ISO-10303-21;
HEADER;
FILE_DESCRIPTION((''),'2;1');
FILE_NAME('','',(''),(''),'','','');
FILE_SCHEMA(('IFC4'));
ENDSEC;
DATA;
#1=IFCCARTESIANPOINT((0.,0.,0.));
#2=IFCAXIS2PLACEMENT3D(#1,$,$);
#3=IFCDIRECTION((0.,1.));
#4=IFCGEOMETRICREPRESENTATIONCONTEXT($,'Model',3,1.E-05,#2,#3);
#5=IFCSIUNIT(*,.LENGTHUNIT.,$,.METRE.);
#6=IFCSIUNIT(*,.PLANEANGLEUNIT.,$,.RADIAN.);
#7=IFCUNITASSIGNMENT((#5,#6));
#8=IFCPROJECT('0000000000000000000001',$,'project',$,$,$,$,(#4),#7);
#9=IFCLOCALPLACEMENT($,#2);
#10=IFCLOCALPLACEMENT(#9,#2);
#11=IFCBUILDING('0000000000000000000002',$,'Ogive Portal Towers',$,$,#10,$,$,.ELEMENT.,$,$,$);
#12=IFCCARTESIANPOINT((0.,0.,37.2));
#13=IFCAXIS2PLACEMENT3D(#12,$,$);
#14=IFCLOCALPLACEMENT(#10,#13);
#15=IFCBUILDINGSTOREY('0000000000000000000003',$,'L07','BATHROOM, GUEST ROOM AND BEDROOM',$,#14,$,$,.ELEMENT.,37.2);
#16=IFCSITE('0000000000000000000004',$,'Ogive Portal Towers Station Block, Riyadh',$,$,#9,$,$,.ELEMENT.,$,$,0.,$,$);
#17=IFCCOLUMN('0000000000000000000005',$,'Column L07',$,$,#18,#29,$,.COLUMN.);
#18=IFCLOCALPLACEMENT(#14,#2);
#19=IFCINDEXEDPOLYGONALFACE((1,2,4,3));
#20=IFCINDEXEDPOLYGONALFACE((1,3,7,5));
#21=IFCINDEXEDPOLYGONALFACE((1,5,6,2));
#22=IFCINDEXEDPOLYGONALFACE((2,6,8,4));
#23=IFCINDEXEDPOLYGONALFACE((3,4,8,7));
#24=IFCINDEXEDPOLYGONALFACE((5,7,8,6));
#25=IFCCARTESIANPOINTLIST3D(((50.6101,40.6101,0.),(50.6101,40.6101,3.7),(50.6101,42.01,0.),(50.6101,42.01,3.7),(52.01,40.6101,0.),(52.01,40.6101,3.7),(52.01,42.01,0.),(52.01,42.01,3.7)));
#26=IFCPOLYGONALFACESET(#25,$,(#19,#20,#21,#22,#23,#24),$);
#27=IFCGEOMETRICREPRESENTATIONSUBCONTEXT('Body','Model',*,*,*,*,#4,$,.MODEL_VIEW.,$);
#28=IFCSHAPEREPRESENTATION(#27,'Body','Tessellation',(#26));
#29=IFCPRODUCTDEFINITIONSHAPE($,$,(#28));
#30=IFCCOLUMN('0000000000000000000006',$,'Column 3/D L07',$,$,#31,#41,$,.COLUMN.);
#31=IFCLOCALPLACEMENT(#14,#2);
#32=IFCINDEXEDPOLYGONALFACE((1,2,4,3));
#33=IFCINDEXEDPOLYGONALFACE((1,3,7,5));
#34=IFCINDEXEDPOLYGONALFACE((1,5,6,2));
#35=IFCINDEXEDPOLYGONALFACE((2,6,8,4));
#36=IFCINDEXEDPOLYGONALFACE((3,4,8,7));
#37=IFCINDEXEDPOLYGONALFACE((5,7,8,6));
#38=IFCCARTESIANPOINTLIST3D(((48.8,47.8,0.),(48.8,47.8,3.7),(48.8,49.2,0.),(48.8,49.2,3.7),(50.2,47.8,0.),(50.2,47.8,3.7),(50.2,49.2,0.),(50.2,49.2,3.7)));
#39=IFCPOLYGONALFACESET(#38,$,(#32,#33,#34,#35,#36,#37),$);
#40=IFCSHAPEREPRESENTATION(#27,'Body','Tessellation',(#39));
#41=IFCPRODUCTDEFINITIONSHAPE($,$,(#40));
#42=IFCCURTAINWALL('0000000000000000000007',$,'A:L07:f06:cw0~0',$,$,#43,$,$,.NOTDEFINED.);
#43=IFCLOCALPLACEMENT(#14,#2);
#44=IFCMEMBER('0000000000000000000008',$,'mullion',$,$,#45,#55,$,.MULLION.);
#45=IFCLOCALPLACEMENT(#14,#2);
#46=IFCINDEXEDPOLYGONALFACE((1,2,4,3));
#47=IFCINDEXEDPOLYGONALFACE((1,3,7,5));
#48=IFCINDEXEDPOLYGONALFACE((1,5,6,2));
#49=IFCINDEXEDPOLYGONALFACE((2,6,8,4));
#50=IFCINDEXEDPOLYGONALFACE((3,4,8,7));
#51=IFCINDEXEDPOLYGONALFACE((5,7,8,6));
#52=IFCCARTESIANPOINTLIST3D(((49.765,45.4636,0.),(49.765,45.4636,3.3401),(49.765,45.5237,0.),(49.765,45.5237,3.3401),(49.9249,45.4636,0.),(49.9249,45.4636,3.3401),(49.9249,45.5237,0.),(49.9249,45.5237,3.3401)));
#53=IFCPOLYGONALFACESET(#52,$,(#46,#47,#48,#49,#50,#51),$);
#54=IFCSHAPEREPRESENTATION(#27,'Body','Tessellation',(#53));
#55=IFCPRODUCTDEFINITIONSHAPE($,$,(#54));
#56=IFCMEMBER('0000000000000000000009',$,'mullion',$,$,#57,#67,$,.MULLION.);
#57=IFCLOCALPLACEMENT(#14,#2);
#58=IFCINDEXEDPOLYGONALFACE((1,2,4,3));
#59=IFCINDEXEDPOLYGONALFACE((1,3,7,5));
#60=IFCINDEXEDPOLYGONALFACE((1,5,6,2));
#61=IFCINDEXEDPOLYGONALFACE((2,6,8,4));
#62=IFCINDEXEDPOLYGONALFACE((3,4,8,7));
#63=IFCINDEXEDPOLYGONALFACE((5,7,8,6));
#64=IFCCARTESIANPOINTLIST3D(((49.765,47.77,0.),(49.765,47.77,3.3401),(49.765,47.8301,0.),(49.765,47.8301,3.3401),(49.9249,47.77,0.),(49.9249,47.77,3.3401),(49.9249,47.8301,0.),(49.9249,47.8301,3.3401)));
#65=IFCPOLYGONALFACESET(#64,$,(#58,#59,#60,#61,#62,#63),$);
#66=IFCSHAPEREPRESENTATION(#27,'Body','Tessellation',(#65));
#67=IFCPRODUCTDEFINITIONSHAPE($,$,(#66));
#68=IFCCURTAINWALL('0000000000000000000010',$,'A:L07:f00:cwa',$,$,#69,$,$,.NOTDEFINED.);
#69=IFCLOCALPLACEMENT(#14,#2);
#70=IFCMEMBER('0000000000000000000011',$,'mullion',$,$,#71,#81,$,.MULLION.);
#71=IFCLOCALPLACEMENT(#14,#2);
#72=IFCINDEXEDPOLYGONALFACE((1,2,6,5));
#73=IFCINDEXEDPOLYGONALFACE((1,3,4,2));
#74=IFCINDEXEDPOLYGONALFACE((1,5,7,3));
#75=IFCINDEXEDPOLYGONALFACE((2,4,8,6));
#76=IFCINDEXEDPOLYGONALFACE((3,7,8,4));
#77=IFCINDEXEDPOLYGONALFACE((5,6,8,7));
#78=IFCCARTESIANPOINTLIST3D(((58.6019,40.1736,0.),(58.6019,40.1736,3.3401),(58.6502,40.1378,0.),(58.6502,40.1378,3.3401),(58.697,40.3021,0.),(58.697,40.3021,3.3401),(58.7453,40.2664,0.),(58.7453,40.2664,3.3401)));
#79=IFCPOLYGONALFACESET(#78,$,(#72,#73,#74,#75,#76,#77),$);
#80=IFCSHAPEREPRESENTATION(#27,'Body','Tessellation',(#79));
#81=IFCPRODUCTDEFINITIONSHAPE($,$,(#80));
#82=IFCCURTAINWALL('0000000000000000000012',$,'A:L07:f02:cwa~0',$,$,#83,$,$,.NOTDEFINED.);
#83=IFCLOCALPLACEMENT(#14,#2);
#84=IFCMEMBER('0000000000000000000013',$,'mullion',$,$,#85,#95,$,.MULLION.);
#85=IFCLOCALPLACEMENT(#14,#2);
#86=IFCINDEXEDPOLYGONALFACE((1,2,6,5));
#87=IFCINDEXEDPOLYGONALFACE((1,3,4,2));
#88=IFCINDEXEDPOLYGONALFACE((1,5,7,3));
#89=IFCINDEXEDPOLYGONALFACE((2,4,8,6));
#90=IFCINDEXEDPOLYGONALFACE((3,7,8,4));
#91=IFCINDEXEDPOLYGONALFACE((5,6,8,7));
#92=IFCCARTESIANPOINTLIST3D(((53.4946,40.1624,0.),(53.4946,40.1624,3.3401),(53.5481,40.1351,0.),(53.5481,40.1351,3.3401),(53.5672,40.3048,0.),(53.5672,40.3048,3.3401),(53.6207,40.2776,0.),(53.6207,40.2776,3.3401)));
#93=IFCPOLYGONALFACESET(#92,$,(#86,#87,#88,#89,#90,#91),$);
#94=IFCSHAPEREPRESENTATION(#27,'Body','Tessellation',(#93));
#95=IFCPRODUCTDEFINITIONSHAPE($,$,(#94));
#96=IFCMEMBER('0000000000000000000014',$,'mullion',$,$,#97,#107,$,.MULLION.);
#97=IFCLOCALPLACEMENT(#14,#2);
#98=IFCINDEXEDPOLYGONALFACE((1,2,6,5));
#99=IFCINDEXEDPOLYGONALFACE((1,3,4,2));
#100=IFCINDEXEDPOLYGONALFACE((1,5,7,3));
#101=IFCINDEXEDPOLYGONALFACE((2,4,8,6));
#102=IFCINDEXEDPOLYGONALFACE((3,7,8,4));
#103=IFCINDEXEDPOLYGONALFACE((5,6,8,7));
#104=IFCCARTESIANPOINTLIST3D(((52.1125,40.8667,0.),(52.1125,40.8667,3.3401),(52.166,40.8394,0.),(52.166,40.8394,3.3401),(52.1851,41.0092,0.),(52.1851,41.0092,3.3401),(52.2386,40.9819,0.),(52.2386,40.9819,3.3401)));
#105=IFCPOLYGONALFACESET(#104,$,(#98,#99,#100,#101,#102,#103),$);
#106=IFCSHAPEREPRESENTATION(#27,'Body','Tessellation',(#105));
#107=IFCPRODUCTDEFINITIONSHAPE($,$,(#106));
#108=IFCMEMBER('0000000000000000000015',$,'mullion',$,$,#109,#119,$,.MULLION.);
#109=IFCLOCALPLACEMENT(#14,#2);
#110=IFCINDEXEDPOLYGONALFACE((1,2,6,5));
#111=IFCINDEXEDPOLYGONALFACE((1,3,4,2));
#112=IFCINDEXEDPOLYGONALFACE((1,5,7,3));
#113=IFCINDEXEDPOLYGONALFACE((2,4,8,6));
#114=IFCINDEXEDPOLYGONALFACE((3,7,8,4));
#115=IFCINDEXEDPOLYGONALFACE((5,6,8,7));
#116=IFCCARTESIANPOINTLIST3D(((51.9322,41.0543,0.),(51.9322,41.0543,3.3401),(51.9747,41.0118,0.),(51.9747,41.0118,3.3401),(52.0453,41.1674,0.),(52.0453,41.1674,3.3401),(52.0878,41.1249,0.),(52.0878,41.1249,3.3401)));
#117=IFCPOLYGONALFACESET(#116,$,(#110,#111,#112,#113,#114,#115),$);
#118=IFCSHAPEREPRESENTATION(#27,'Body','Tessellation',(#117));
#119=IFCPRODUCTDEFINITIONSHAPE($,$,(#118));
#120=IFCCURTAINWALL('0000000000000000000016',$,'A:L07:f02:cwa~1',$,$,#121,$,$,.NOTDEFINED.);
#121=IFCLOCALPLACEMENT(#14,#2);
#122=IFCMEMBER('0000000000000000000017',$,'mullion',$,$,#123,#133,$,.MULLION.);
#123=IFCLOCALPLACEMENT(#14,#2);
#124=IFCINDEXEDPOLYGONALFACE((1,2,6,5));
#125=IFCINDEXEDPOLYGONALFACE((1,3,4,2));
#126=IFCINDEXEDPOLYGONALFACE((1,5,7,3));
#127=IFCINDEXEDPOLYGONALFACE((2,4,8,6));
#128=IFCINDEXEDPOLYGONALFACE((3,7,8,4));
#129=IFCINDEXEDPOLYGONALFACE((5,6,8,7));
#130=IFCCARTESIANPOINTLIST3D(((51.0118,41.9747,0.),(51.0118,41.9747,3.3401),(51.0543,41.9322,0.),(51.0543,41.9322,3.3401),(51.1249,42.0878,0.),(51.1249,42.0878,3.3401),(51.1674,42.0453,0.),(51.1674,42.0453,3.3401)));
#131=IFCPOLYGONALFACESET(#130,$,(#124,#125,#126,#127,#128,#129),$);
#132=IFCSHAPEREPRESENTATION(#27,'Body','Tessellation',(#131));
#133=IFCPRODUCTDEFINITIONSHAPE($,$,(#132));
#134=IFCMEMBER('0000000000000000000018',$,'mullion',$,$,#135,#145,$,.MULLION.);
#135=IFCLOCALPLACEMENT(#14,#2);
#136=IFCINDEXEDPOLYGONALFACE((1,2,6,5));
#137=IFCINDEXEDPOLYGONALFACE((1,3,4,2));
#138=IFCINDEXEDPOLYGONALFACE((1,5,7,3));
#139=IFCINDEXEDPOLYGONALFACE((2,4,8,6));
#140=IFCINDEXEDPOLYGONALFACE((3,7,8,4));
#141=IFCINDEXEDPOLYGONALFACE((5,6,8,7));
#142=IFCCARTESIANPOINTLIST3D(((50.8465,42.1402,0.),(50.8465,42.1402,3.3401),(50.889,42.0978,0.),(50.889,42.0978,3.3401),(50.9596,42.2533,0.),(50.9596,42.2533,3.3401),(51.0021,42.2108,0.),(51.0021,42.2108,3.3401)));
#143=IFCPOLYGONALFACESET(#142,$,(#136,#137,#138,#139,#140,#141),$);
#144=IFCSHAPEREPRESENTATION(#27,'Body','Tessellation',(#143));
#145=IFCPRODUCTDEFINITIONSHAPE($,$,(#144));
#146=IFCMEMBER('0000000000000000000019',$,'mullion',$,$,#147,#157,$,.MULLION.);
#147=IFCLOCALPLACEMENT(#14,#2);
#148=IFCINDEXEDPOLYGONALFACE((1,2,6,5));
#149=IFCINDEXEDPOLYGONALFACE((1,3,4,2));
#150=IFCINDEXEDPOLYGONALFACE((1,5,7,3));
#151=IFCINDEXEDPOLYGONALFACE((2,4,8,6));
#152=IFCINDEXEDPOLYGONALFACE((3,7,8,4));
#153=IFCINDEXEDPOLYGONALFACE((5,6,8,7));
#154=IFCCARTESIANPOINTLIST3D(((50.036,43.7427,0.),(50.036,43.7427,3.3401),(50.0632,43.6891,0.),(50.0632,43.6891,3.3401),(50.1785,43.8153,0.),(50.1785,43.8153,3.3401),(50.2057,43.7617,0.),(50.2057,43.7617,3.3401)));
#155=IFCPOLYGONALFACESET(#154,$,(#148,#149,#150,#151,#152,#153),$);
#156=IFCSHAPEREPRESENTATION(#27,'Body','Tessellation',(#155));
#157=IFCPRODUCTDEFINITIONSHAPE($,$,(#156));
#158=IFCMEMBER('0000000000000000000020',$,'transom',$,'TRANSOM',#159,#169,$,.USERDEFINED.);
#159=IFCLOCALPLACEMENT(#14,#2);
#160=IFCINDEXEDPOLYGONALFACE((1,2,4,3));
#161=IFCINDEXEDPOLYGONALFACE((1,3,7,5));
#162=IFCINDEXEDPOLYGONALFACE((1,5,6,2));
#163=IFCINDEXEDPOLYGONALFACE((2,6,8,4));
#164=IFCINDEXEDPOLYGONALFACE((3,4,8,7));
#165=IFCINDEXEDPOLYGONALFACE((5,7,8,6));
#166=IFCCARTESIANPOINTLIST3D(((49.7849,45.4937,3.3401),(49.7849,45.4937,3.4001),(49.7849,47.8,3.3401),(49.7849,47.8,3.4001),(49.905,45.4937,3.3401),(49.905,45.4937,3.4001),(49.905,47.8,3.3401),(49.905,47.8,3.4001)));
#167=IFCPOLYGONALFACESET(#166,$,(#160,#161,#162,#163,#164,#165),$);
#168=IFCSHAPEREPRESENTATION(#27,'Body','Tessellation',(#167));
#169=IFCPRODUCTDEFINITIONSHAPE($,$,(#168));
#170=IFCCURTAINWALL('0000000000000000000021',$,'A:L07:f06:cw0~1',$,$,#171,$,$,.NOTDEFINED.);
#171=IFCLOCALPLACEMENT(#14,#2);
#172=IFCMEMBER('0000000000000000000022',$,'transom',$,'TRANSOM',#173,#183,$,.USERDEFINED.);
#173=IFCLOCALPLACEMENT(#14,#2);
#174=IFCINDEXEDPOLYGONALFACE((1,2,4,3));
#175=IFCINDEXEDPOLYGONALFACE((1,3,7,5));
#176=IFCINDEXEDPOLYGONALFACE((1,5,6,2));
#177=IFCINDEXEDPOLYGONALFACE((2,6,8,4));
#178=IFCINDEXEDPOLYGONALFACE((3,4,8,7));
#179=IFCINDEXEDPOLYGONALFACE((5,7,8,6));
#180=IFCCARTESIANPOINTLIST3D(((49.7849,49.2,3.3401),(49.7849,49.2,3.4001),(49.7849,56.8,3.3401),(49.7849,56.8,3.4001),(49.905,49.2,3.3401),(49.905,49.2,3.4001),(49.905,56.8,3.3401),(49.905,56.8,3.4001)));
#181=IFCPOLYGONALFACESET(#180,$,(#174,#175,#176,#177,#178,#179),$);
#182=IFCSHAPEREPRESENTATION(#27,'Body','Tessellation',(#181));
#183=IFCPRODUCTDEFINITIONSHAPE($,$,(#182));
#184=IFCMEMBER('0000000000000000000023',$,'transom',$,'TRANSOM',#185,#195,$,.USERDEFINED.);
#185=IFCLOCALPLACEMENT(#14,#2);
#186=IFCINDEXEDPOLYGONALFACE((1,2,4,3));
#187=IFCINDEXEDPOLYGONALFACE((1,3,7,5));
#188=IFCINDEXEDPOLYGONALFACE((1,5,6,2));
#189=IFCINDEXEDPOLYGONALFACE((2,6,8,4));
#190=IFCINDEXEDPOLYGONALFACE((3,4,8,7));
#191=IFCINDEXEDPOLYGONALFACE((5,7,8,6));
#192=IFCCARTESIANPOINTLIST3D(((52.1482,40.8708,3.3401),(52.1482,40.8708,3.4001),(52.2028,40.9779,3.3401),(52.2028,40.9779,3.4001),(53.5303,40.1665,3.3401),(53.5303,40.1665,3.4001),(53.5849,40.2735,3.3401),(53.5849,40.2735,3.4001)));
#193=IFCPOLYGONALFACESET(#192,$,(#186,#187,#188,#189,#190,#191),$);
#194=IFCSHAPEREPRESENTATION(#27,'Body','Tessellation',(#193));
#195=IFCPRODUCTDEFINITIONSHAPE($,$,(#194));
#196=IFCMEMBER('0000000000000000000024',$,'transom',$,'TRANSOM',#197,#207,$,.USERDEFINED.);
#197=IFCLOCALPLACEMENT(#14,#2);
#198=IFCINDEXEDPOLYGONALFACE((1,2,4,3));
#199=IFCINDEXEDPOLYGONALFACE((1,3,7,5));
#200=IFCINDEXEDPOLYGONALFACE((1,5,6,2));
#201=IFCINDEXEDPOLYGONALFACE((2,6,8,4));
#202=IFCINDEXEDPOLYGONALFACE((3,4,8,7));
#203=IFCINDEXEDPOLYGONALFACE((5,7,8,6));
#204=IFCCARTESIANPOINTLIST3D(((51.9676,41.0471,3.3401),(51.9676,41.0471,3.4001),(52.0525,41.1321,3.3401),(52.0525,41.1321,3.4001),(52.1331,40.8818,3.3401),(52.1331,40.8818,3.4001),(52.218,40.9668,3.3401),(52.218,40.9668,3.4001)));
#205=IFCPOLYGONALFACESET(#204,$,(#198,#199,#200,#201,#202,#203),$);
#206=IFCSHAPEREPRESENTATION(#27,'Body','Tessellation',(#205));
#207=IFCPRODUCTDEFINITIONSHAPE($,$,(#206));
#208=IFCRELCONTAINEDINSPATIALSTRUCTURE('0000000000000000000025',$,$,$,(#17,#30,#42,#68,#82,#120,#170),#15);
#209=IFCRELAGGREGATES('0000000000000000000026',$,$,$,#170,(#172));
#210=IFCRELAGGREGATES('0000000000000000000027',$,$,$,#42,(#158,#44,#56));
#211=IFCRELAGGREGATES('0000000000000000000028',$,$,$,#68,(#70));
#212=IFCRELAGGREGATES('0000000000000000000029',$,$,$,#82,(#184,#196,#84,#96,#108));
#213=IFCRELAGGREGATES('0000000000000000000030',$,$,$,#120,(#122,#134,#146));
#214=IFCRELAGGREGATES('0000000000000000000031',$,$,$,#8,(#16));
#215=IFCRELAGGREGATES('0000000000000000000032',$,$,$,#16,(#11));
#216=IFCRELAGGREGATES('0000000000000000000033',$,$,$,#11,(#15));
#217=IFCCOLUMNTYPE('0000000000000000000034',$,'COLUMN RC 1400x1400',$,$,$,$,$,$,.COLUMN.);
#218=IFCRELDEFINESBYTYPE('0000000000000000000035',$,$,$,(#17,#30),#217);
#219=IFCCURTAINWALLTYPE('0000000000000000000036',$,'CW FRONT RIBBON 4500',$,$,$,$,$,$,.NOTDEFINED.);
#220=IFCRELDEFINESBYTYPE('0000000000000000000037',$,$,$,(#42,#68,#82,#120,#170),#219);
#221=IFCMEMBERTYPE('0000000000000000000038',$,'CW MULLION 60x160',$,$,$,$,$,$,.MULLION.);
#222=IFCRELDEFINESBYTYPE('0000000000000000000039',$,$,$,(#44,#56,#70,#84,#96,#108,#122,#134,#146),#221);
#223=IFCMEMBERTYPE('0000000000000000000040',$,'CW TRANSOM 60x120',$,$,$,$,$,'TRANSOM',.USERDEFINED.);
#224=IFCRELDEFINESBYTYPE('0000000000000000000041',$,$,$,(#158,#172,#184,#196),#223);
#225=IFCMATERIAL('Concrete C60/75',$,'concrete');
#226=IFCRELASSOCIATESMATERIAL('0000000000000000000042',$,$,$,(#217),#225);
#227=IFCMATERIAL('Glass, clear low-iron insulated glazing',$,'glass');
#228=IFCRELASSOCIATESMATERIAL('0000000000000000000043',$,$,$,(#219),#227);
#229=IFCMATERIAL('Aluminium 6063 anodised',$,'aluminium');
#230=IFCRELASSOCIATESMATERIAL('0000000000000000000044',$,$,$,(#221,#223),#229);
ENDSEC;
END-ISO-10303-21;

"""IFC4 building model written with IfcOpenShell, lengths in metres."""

from ifc_helpers import new_model, si_unit, direction, frame, origin, origin_2d, place, context, subcontext, project, spatial, rectangle, extrude, material, material_profile, profile_set, type_object, element, aggregate, save


model = new_model("IFC4")

# Units and contexts
model_context = context("Model", 3, precision=1e-05, world=origin(), true_north=direction((0.0, 1.0)))
body_context = subcontext(model_context, "Body", "Model", "MODEL_VIEW")
ifc_project = project(units=[si_unit("LENGTHUNIT", "METRE"), si_unit("PLANEANGLEUNIT", "RADIAN")], contexts=[model_context])

# Site, building, storey
site_placement = place(None, origin())
site = spatial("IfcSite", under=ifc_project, at=site_placement, Name="Ogive Portal Towers Station Block, Riyadh", CompositionType="ELEMENT", RefElevation=0.0)
building_placement = place(site_placement, origin())
building = spatial("IfcBuilding", under=site, at=building_placement, Name="Ogive Portal Towers", CompositionType="ELEMENT")
storey_placement = place(building_placement, frame((0.0, 0.0, 37.2)))
storey = spatial("IfcBuildingStorey", under=building, at=storey_placement, Name="L07", Description="BATHROOM, GUEST ROOM AND BEDROOM", CompositionType="ELEMENT", Elevation=37.2)

# Columns
ifc_material_1 = material(Name="Concrete C60/75", Category="concrete")
ifc_material_profile_1 = material_profile(ifc_material_1, rectangle(XDim=1.3999, YDim=1.3999, at=origin_2d()), Name="RC 1400x1400")
ifc_profile_set_1 = profile_set([ifc_material_profile_1], Name="Concrete C60/75")
column_type = type_object("IfcColumnType", Name="COLUMN RC 1400x1400", PredefinedType="COLUMN", material=ifc_profile_set_1)
for number, where, z_axis, x_axis, name in (
    (1, (51.3101, 41.3101, 0.0), (0.0, 0.0, 1.0), (1.0, 0.0, 0.0), "Column L07"),
    (2, (49.5, 48.5, 0.0), (0.0, 0.0, 1.0), (1.0, 0.0, 0.0), "Column 3/D L07"),
):
    element("IfcColumn", number, at=place(storey_placement, frame(where, z_axis=z_axis, x_axis=x_axis)), inside=storey, type_object=column_type, Name=name, PredefinedType="COLUMN", context=body_context, shape_type="SweptSolid", body=[
        extrude(rectangle(XDim=1.3999, YDim=1.3999, at=origin_2d()), origin(), (0.0, 0.0, 1.0), 3.7),
    ])

# Curtain wall, members
ifc_material_2 = material(Name="Glass, clear low-iron insulated glazing", Category="glass")
curtain_wall_type = type_object("IfcCurtainWallType", Name="CW FRONT RIBBON 4500", PredefinedType="NOTDEFINED", material=ifc_material_2)
curtain_wall_1_placement = place(storey_placement, origin())
curtain_wall_1 = element("IfcCurtainWall", 3, at=curtain_wall_1_placement, inside=storey, type_object=curtain_wall_type, Name="A:L07:f06:cw0~0", PredefinedType="NOTDEFINED")
ifc_material_3 = material(Name="Aluminium 6063 anodised", Category="aluminium")
ifc_material_profile_2 = material_profile(ifc_material_3, rectangle(XDim=0.1599, YDim=0.0601, at=origin_2d()), Name="AL 60x160")
ifc_profile_set_2 = profile_set([ifc_material_profile_2], Name="Aluminium 6063 anodised")
member_type_1 = type_object("IfcMemberType", Name="CW MULLION 60x160", PredefinedType="MULLION", material=ifc_profile_set_2)
member_1_placement = place(storey_placement, frame((49.845, 45.4937, 0.0), z_axis=(0.0, 0.0, 1.0), x_axis=(-1.0, 0.0, 0.0)))
member_1 = element("IfcMember", 4, at=member_1_placement, type_object=member_type_1, Name="mullion", PredefinedType="MULLION", context=body_context, shape_type="SweptSolid", body=[
    extrude(rectangle(XDim=0.1599, YDim=0.0601, at=origin_2d()), origin(), (0.0, 0.0, 1.0), 3.3401),
])
member_2_placement = place(storey_placement, frame((49.845, 47.8, 0.0), z_axis=(0.0, 0.0, 1.0), x_axis=(-1.0, 0.0, 0.0)))
member_2 = element("IfcMember", 5, at=member_2_placement, type_object=member_type_1, Name="mullion", PredefinedType="MULLION", context=body_context, shape_type="SweptSolid", body=[
    extrude(rectangle(XDim=0.1599, YDim=0.0601, at=origin_2d()), origin(), (0.0, 0.0, 1.0), 3.3401),
])

# Curtain wall, member
curtain_wall_2_placement = place(storey_placement, origin())
curtain_wall_2 = element("IfcCurtainWall", 6, at=curtain_wall_2_placement, inside=storey, type_object=curtain_wall_type, Name="A:L07:f00:cwa", PredefinedType="NOTDEFINED")
member_3_placement = place(storey_placement, frame((58.6736, 40.22, 0.0), z_axis=(0.0, 0.0, 1.0), x_axis=(-0.594809, -0.803867, 0.0)))
member_3 = element("IfcMember", 7, at=member_3_placement, type_object=member_type_1, Name="mullion", PredefinedType="MULLION", context=body_context, shape_type="SweptSolid", body=[
    extrude(rectangle(XDim=0.1599, YDim=0.0601, at=origin_2d()), origin(), (0.0, 0.0, 1.0), 3.3401),
])

# Curtain walls, members
curtain_wall_3_placement = place(storey_placement, origin())
curtain_wall_3 = element("IfcCurtainWall", 8, at=curtain_wall_3_placement, inside=storey, type_object=curtain_wall_type, Name="A:L07:f02:cwa~0", PredefinedType="NOTDEFINED")
member_4_placement = place(storey_placement, frame((53.5576, 40.22, 0.0), z_axis=(0.0, 0.0, 1.0), x_axis=(-0.45399, -0.891007, 0.0)))
member_4 = element("IfcMember", 9, at=member_4_placement, type_object=member_type_1, Name="mullion", PredefinedType="MULLION", context=body_context, shape_type="SweptSolid", body=[
    extrude(rectangle(XDim=0.1599, YDim=0.0601, at=origin_2d()), origin(), (0.0, 0.0, 1.0), 3.3401),
])
member_5_placement = place(storey_placement, frame((52.1755, 40.9243, 0.0), z_axis=(0.0, 0.0, 1.0), x_axis=(-0.45399, -0.891007, 0.0)))
member_5 = element("IfcMember", 10, at=member_5_placement, type_object=member_type_1, Name="mullion", PredefinedType="MULLION", context=body_context, shape_type="SweptSolid", body=[
    extrude(rectangle(XDim=0.1599, YDim=0.0601, at=origin_2d()), origin(), (0.0, 0.0, 1.0), 3.3401),
])
member_6_placement = place(storey_placement, frame((52.01, 41.0896, 0.0), z_axis=(0.0, 0.0, 1.0), x_axis=(-0.707107, -0.707107, 0.0)))
member_6 = element("IfcMember", 11, at=member_6_placement, type_object=member_type_1, Name="mullion", PredefinedType="MULLION", context=body_context, shape_type="SweptSolid", body=[
    extrude(rectangle(XDim=0.1599, YDim=0.0601, at=origin_2d()), origin(), (0.0, 0.0, 1.0), 3.3401),
])
curtain_wall_4_placement = place(storey_placement, origin())
curtain_wall_4 = element("IfcCurtainWall", 12, at=curtain_wall_4_placement, inside=storey, type_object=curtain_wall_type, Name="A:L07:f02:cwa~1", PredefinedType="NOTDEFINED")
member_7_placement = place(storey_placement, frame((51.0896, 42.01, 0.0), z_axis=(0.0, 0.0, 1.0), x_axis=(-0.707107, -0.707107, 0.0)))
member_7 = element("IfcMember", 13, at=member_7_placement, type_object=member_type_1, Name="mullion", PredefinedType="MULLION", context=body_context, shape_type="SweptSolid", body=[
    extrude(rectangle(XDim=0.1599, YDim=0.0601, at=origin_2d()), origin(), (0.0, 0.0, 1.0), 3.3401),
])
member_8_placement = place(storey_placement, frame((50.9243, 42.1755, 0.0), z_axis=(0.0, 0.0, 1.0), x_axis=(-0.707107, -0.707107, 0.0)))
member_8 = element("IfcMember", 14, at=member_8_placement, type_object=member_type_1, Name="mullion", PredefinedType="MULLION", context=body_context, shape_type="SweptSolid", body=[
    extrude(rectangle(XDim=0.1599, YDim=0.0601, at=origin_2d()), origin(), (0.0, 0.0, 1.0), 3.3401),
])
member_9_placement = place(storey_placement, frame((50.1208, 43.7522, 0.0), z_axis=(0.0, 0.0, 1.0), x_axis=(-0.891007, -0.45399, 0.0)))
member_9 = element("IfcMember", 15, at=member_9_placement, type_object=member_type_1, Name="mullion", PredefinedType="MULLION", context=body_context, shape_type="SweptSolid", body=[
    extrude(rectangle(XDim=0.1599, YDim=0.0601, at=origin_2d()), origin(), (0.0, 0.0, 1.0), 3.3401),
])

# Member
ifc_material_profile_3 = material_profile(ifc_material_3, rectangle(XDim=0.1201, YDim=0.0601, at=origin_2d()), Name="AL 120x60")
ifc_profile_set_3 = profile_set([ifc_material_profile_3], Name="Aluminium 6063 anodised")
member_type_2 = type_object("IfcMemberType", Name="CW TRANSOM 60x120", ElementType="TRANSOM", PredefinedType="USERDEFINED", material=ifc_profile_set_3)
member_10_placement = place(storey_placement, frame((49.845, 45.4937, 3.3701), z_axis=(0.0, 1.0, 0.0), x_axis=(-1.0, 0.0, 0.0)))
member_10 = element("IfcMember", 16, at=member_10_placement, type_object=member_type_2, Name="transom", ObjectType="TRANSOM", PredefinedType="USERDEFINED", context=body_context, shape_type="SweptSolid", body=[
    extrude(rectangle(XDim=0.1201, YDim=0.0601, at=origin_2d()), origin(), (0.0, 0.0, 1.0), 2.3064),
])

# Curtain wall, member
curtain_wall_5_placement = place(storey_placement, origin())
curtain_wall_5 = element("IfcCurtainWall", 17, at=curtain_wall_5_placement, inside=storey, type_object=curtain_wall_type, Name="A:L07:f06:cw0~1", PredefinedType="NOTDEFINED")
member_11_placement = place(storey_placement, frame((49.845, 49.2, 3.3701), z_axis=(0.0, 1.0, 0.0), x_axis=(-1.0, 0.0, 0.0)))
member_11 = element("IfcMember", 18, at=member_11_placement, type_object=member_type_2, Name="transom", ObjectType="TRANSOM", PredefinedType="USERDEFINED", context=body_context, shape_type="SweptSolid", body=[
    extrude(rectangle(XDim=0.1201, YDim=0.0601, at=origin_2d()), origin(), (0.0, 0.0, 1.0), 7.6001),
])
aggregate(curtain_wall_5, [member_11])

# Members
member_12_placement = place(storey_placement, frame((53.5576, 40.22, 3.3701), z_axis=(-0.89097, 0.454063, 0.0), x_axis=(-0.454063, -0.89097, 0.0)))
member_12 = element("IfcMember", 19, at=member_12_placement, type_object=member_type_2, Name="transom", ObjectType="TRANSOM", PredefinedType="USERDEFINED", context=body_context, shape_type="SweptSolid", body=[
    extrude(rectangle(XDim=0.1201, YDim=0.0601, at=origin_2d()), origin(), (0.0, 0.0, 1.0), 1.5513),
])
member_13_placement = place(storey_placement, frame((52.1755, 40.9243, 3.3701), z_axis=(-0.707628, 0.706585, 0.0), x_axis=(-0.706585, -0.707628, 0.0)))
member_13 = element("IfcMember", 20, at=member_13_placement, type_object=member_type_2, Name="transom", ObjectType="TRANSOM", PredefinedType="USERDEFINED", context=body_context, shape_type="SweptSolid", body=[
    extrude(rectangle(XDim=0.1201, YDim=0.0601, at=origin_2d()), origin(), (0.0, 0.0, 1.0), 0.2339),
])

aggregate(curtain_wall_1, [member_10, member_1, member_2])
aggregate(curtain_wall_2, [member_3])
aggregate(curtain_wall_3, [member_12, member_13, member_4, member_5, member_6])
aggregate(curtain_wall_4, [member_7, member_8, member_9])

save(model, "model.ifc")
